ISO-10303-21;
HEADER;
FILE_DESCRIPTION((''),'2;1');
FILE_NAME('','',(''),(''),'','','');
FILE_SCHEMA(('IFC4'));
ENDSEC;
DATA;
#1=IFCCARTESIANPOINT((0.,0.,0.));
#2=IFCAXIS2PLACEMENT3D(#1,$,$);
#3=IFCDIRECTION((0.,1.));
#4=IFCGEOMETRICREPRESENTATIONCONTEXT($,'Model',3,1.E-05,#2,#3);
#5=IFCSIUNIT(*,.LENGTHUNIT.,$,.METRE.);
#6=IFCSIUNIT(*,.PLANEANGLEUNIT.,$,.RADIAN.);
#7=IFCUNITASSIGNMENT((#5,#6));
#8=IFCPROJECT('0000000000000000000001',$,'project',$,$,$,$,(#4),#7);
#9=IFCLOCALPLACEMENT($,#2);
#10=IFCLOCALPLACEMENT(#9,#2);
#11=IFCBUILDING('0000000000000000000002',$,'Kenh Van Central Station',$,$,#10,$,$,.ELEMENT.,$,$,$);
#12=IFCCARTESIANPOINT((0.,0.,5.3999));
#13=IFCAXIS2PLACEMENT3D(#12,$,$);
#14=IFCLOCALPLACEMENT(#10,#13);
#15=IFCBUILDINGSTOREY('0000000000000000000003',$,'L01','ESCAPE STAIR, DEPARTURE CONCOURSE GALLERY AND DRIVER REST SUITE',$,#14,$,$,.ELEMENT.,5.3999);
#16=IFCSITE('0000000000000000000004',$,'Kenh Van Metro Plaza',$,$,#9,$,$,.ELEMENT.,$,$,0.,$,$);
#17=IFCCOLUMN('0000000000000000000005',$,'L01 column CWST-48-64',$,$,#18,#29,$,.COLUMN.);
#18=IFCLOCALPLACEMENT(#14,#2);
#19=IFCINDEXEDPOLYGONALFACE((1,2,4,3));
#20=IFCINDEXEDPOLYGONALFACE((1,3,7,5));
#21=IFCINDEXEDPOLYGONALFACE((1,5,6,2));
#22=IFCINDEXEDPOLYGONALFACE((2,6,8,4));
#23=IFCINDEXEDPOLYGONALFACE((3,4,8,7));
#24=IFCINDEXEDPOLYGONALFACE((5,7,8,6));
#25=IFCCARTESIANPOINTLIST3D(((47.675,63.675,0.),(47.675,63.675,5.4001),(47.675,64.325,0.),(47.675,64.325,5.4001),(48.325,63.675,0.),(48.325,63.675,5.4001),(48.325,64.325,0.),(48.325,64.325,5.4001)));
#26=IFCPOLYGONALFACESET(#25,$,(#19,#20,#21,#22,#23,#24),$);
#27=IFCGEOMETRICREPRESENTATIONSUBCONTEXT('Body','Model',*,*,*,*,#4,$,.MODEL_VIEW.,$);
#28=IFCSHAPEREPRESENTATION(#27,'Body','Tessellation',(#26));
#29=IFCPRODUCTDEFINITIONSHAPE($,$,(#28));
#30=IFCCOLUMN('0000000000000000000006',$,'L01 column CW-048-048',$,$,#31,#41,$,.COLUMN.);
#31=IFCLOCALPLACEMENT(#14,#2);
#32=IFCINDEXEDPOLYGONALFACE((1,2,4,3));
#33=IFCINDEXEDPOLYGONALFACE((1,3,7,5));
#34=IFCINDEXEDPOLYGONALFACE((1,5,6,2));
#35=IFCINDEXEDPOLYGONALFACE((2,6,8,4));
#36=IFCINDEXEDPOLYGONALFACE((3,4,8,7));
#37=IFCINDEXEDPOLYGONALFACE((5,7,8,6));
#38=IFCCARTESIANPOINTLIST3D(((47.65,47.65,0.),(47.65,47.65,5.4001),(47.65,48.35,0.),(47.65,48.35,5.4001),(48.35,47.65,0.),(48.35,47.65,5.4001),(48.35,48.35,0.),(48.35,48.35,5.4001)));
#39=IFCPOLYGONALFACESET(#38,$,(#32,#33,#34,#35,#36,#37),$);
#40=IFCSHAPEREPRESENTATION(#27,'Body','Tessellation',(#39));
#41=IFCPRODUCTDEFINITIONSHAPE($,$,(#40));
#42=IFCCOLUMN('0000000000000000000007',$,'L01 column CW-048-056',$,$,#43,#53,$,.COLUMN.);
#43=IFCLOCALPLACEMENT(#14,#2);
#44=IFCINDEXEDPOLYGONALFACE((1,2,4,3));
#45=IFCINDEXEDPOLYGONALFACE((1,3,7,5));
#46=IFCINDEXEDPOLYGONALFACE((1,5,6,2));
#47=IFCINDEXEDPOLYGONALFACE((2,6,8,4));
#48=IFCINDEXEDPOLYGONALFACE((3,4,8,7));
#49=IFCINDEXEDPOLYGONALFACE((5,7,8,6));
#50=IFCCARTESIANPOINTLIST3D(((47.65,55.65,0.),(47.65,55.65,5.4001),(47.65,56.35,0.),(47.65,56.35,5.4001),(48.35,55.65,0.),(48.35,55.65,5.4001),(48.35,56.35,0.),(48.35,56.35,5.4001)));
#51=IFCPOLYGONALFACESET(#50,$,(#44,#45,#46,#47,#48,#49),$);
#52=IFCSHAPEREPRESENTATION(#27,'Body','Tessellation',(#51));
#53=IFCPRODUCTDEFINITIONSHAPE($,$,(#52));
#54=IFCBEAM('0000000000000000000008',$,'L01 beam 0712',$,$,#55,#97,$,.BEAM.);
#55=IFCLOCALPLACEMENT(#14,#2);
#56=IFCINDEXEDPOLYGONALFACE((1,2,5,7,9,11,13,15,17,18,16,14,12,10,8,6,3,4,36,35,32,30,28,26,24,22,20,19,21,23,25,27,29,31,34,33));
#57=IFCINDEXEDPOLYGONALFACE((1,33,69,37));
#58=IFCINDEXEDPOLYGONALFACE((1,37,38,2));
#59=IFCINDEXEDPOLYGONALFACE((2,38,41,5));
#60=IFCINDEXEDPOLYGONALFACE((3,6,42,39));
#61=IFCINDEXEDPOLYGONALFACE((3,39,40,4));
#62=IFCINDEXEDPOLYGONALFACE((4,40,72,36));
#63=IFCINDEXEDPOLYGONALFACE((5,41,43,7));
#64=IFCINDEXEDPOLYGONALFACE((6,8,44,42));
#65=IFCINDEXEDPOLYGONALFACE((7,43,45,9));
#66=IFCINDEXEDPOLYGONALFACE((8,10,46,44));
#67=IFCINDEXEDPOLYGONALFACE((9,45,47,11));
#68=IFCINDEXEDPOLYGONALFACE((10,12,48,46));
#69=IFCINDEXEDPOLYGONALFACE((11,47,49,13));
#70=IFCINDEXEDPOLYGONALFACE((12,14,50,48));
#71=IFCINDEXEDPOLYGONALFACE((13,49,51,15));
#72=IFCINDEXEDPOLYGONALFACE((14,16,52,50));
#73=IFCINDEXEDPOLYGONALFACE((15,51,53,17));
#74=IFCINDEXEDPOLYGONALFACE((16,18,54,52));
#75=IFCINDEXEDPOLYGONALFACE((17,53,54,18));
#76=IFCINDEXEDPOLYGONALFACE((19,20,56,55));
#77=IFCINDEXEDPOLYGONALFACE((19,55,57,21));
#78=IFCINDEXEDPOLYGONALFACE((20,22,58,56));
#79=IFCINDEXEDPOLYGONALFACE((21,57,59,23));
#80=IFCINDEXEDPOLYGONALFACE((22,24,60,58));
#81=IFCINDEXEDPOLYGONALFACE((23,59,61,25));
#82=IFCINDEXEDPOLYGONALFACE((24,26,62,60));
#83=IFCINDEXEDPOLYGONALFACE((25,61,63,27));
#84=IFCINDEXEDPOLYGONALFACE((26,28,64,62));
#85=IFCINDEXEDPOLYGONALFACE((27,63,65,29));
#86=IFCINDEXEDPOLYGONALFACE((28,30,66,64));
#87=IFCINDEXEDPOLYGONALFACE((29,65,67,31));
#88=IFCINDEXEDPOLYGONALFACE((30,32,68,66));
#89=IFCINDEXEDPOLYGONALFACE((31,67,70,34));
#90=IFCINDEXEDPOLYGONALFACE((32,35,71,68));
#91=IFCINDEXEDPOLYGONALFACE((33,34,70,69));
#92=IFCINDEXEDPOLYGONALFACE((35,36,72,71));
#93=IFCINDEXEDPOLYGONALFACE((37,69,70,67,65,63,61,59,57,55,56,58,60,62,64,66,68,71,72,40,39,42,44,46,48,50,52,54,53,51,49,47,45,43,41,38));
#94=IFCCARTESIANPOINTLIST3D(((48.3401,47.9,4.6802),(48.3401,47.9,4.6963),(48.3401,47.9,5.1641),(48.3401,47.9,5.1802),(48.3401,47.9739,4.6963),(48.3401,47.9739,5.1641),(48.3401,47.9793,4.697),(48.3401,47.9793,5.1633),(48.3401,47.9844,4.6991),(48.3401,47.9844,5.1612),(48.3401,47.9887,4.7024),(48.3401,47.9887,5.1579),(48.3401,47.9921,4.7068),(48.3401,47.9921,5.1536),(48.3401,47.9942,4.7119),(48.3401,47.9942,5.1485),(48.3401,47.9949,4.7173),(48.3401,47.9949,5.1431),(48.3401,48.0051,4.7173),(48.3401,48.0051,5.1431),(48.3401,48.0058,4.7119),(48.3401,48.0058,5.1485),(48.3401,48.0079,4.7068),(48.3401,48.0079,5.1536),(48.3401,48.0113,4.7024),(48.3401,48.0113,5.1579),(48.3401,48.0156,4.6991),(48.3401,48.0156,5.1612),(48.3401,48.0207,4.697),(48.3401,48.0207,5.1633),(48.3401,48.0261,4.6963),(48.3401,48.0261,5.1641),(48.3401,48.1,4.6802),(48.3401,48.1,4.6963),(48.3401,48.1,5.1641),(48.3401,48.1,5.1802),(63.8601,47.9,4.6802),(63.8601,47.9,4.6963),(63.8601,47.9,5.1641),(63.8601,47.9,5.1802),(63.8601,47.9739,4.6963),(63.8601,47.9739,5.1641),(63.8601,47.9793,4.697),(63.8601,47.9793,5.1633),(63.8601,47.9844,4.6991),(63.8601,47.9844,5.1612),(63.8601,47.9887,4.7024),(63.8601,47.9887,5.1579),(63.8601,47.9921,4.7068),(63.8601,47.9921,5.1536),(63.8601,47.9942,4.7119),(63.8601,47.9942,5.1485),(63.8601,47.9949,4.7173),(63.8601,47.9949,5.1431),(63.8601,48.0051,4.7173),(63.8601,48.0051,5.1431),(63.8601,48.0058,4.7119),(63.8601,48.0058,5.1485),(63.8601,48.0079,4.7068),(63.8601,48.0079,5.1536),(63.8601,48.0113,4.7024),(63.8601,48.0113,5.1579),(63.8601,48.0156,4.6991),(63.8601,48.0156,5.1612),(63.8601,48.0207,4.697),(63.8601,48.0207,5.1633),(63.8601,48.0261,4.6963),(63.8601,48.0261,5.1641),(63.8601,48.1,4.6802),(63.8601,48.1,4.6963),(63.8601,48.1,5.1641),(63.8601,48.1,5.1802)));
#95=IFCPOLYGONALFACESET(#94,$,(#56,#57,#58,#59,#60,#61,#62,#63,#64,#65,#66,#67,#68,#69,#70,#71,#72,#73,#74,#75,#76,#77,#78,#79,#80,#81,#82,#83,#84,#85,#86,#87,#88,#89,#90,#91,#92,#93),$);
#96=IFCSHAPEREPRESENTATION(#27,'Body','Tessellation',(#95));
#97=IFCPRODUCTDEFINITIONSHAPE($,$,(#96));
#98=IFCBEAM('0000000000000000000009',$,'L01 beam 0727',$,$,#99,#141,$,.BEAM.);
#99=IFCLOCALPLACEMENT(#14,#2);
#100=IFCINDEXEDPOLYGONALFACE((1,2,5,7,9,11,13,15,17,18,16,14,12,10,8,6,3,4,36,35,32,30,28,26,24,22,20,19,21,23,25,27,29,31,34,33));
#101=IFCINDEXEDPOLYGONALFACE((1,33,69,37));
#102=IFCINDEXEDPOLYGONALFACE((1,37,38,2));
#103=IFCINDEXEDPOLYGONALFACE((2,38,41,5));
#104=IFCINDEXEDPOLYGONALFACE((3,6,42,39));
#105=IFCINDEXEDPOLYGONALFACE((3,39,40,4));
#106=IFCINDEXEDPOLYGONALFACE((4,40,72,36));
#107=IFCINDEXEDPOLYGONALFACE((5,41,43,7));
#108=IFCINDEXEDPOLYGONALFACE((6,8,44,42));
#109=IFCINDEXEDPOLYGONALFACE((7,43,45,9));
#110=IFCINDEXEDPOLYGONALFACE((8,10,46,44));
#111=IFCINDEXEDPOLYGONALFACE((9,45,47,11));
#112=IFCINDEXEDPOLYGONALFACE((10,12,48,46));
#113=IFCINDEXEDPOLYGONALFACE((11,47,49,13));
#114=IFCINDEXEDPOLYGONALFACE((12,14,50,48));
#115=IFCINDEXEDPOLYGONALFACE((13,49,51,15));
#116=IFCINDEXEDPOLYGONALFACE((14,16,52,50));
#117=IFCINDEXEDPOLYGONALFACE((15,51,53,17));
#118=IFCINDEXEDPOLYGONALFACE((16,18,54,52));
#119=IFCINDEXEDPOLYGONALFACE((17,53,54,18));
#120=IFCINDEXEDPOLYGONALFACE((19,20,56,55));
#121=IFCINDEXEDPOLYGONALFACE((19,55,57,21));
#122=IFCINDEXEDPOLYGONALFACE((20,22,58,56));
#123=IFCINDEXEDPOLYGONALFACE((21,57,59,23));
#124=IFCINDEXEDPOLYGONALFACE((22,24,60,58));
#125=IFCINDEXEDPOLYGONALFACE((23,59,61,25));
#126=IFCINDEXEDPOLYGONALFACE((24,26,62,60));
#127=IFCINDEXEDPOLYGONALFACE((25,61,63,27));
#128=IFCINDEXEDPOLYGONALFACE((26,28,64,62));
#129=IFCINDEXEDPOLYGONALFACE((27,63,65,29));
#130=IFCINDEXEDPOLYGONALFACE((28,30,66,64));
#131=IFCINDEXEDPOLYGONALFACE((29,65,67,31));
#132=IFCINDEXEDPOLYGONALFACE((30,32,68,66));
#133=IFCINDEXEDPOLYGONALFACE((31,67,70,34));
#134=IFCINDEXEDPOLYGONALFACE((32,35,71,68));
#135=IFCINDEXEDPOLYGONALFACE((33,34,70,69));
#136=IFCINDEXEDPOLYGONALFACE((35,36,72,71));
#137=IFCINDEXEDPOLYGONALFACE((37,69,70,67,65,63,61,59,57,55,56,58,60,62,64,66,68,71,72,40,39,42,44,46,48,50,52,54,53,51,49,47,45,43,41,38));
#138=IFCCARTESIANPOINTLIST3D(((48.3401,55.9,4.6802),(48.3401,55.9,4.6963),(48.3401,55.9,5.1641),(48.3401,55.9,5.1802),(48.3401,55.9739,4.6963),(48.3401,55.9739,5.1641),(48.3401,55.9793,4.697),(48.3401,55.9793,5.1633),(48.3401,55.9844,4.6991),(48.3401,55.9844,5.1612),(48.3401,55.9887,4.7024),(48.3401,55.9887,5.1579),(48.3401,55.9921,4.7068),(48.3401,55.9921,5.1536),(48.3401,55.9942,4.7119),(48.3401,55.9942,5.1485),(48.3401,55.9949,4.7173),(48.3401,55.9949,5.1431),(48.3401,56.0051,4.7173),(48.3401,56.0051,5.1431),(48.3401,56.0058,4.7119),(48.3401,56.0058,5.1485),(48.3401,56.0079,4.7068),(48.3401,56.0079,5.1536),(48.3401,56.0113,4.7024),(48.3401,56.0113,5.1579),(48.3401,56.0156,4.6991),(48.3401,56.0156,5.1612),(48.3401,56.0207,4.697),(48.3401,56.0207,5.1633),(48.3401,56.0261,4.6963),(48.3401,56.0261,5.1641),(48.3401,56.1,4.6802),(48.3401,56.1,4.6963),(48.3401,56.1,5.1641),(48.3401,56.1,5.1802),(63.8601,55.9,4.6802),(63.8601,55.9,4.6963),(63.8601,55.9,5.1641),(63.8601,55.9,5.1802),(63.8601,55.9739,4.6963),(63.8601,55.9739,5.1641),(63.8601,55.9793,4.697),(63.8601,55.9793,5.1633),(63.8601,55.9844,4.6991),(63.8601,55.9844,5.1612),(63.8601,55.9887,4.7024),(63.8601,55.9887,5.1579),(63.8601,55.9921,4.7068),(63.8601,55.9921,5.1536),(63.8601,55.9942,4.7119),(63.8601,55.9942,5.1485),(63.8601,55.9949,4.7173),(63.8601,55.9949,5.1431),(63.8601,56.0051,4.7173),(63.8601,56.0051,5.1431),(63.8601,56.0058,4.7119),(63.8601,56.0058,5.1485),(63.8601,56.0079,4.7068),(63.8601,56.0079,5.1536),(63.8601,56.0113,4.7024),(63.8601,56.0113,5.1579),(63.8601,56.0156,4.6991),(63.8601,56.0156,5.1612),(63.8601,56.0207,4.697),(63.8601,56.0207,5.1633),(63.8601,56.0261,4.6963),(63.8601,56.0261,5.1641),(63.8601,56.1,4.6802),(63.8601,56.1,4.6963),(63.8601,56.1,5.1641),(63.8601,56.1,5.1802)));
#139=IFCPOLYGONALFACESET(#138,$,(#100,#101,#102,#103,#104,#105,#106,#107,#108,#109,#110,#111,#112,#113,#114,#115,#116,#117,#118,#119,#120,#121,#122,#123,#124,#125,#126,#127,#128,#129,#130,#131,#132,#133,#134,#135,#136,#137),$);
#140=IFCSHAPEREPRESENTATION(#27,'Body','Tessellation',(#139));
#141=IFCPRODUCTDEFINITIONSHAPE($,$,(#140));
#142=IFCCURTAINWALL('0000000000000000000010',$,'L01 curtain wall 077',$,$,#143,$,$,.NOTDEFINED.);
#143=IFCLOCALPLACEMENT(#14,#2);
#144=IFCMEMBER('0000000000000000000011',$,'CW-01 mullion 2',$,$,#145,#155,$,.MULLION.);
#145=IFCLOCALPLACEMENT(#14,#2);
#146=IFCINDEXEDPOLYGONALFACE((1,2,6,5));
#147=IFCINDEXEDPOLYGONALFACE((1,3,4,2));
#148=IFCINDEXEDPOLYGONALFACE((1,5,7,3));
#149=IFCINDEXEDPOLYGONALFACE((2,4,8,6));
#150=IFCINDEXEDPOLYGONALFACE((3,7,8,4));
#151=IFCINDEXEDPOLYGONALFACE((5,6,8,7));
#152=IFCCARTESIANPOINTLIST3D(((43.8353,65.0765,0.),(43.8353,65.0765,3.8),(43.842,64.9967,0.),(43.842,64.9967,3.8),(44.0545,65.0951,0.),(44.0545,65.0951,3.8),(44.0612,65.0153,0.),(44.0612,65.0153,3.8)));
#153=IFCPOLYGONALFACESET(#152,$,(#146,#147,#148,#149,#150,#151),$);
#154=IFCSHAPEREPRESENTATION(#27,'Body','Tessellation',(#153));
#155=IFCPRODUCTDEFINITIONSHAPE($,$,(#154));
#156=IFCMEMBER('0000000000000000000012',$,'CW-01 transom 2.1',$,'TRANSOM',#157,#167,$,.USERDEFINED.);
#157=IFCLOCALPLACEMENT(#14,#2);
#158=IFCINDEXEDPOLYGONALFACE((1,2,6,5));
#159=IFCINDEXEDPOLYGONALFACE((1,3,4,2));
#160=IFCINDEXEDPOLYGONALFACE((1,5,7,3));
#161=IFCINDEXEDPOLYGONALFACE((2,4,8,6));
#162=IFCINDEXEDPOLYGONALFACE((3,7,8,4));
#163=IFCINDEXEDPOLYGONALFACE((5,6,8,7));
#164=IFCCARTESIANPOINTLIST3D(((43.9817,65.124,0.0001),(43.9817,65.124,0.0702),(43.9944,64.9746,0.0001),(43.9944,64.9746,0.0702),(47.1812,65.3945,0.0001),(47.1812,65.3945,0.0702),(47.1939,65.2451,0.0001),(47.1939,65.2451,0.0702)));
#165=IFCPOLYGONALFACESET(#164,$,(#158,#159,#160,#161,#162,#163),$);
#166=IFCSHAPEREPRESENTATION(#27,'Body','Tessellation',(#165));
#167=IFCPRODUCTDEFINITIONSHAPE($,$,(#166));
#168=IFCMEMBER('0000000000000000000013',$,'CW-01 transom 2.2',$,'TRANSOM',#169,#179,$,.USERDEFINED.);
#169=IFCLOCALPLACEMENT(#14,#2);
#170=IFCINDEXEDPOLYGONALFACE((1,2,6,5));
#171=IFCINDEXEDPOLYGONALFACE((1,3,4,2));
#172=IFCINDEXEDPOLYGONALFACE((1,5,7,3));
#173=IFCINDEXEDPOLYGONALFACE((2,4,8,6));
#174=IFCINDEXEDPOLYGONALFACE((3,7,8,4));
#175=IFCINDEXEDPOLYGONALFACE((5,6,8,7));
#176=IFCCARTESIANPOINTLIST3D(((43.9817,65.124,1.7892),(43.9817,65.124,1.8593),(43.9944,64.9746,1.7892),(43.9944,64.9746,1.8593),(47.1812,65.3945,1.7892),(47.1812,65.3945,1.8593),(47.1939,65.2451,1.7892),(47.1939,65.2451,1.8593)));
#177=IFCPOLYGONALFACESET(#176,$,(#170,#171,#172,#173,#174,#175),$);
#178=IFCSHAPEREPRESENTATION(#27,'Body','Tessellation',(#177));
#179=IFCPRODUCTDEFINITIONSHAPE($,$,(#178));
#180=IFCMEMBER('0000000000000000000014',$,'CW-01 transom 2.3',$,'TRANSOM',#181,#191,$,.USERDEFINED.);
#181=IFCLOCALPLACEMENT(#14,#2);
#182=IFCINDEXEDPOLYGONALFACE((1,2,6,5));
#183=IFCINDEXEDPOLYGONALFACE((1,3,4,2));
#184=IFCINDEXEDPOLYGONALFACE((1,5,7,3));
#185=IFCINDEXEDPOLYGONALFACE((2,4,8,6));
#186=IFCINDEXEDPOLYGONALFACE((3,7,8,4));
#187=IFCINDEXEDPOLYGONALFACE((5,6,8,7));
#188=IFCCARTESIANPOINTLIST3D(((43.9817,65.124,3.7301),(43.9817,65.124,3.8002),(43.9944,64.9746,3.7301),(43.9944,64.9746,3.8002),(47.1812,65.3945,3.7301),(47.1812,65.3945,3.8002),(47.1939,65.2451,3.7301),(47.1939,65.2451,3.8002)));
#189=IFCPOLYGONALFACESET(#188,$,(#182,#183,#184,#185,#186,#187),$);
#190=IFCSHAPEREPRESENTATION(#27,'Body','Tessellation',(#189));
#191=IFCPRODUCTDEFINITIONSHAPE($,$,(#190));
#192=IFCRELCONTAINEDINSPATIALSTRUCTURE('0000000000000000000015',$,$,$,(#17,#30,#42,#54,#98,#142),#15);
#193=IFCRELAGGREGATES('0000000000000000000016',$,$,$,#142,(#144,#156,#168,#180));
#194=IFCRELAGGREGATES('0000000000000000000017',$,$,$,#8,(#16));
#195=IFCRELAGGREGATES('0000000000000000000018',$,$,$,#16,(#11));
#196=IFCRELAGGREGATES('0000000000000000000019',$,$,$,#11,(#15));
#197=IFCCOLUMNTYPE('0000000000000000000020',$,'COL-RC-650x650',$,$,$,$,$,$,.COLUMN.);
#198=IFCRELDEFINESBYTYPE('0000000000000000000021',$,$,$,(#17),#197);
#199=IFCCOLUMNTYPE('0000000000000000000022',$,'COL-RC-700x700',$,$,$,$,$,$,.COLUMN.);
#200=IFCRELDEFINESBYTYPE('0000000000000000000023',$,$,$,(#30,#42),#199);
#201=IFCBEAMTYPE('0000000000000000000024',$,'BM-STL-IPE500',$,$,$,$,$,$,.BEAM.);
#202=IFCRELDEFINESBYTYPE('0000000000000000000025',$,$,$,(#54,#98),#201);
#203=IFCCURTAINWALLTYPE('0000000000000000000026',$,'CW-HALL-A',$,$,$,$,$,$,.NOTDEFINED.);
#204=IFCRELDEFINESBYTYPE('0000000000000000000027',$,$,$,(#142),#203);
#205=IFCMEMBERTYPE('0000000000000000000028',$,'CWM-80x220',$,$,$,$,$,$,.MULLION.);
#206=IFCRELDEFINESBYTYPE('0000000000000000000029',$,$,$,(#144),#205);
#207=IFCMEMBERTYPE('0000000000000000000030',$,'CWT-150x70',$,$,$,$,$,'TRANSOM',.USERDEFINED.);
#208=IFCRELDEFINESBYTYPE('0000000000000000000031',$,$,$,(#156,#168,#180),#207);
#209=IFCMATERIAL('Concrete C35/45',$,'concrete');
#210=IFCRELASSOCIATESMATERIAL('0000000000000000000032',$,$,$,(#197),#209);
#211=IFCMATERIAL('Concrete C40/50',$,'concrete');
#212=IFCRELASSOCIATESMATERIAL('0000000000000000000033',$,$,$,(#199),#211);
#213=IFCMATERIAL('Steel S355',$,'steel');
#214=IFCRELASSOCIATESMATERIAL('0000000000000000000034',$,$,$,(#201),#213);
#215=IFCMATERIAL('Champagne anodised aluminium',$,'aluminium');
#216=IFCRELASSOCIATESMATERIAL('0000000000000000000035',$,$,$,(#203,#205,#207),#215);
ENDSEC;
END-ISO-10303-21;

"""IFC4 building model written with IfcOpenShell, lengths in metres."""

from ifc_helpers import new_model, si_unit, direction, frame, origin, origin_2d, place, context, subcontext, project, spatial, rectangle, i_section, extrude, material, material_profile, profile_set, type_object, element, aggregate, save


model = new_model("IFC4")

# Units and contexts
model_context = context("Model", 3, precision=1e-05, world=origin(), true_north=direction((0.0, 1.0)))
body_context = subcontext(model_context, "Body", "Model", "MODEL_VIEW")
ifc_project = project(units=[si_unit("LENGTHUNIT", "METRE"), si_unit("PLANEANGLEUNIT", "RADIAN")], contexts=[model_context])

# Site, building, storey
site_placement = place(None, origin())
site = spatial("IfcSite", under=ifc_project, at=site_placement, Name="Kenh Van Metro Plaza", CompositionType="ELEMENT", RefElevation=0.0)
building_placement = place(site_placement, origin())
building = spatial("IfcBuilding", under=site, at=building_placement, Name="Kenh Van Central Station", CompositionType="ELEMENT")
storey_placement = place(building_placement, frame((0.0, 0.0, 5.3999)))
storey = spatial("IfcBuildingStorey", under=building, at=storey_placement, Name="L01", Description="ESCAPE STAIR, DEPARTURE CONCOURSE GALLERY AND DRIVER REST SUITE", CompositionType="ELEMENT", Elevation=5.3999)

# Columns
ifc_material_1 = material(Name="Concrete C35/45", Category="concrete")
ifc_material_profile_1 = material_profile(ifc_material_1, rectangle(XDim=0.6499, YDim=0.6499, at=origin_2d()), Name="RC 650x650")
ifc_profile_set_1 = profile_set([ifc_material_profile_1], Name="Concrete C35/45")
column_type_1 = type_object("IfcColumnType", Name="COL-RC-650x650", PredefinedType="COLUMN", material=ifc_profile_set_1)
column_placement = place(storey_placement, frame((48.0, 64.0, 0.0), z_axis=(0.0, 0.0, 1.0), x_axis=(1.0, 0.0, 0.0)))
element("IfcColumn", 1, at=column_placement, inside=storey, type_object=column_type_1, Name="L01 column CWST-48-64", PredefinedType="COLUMN", context=body_context, shape_type="SweptSolid", body=[
    extrude(rectangle(XDim=0.6499, YDim=0.6499, at=origin_2d()), origin(), (0.0, 0.0, 1.0), 5.4001),
])
ifc_material_2 = material(Name="Concrete C40/50", Category="concrete")
ifc_material_profile_2 = material_profile(ifc_material_2, rectangle(XDim=0.7, YDim=0.7, at=origin_2d()), Name="RC 700x700")
ifc_profile_set_2 = profile_set([ifc_material_profile_2], Name="Concrete C40/50")
column_type_2 = type_object("IfcColumnType", Name="COL-RC-700x700", PredefinedType="COLUMN", material=ifc_profile_set_2)
for number, where, z_axis, x_axis, name in (
    (2, (48.0, 48.0, 0.0), (0.0, 0.0, 1.0), (1.0, 0.0, 0.0), "L01 column CW-048-048"),
    (3, (48.0, 56.0, 0.0), (0.0, 0.0, 1.0), (1.0, 0.0, 0.0), "L01 column CW-048-056"),
):
    element("IfcColumn", number, at=place(storey_placement, frame(where, z_axis=z_axis, x_axis=x_axis)), inside=storey, type_object=column_type_2, Name=name, PredefinedType="COLUMN", context=body_context, shape_type="SweptSolid", body=[
        extrude(rectangle(XDim=0.7, YDim=0.7, at=origin_2d()), origin(), (0.0, 0.0, 1.0), 5.4001),
    ])

# Beams
ifc_material_3 = material(Name="Steel S355", Category="steel")
ifc_material_profile_3 = material_profile(ifc_material_3, i_section(OverallWidth=0.2, OverallDepth=0.5, WebThickness=0.0103, FlangeThickness=0.0161, FilletRadius=0.021, at=origin_2d()), Name="IPE 500")
ifc_profile_set_3 = profile_set([ifc_material_profile_3], Name="Steel S355")
beam_type_1 = type_object("IfcBeamType", Name="BM-STL-IPE500", PredefinedType="BEAM", material=ifc_profile_set_3)
for number, where, z_axis, x_axis, name in (
    (4, (48.3401, 48.0, 4.9302), (1.0, 0.0, 0.0), (0.0, 1.0, 0.0), "L01 beam 0712"),
    (5, (48.3401, 56.0, 4.9302), (1.0, 0.0, 0.0), (0.0, 1.0, 0.0), "L01 beam 0727"),
):
    element("IfcBeam", number, at=place(storey_placement, frame(where, z_axis=z_axis, x_axis=x_axis)), inside=storey, type_object=beam_type_1, Name=name, PredefinedType="BEAM", context=body_context, shape_type="SweptSolid", body=[
        extrude(i_section(OverallWidth=0.2, OverallDepth=0.5, WebThickness=0.0103, FlangeThickness=0.0161, FilletRadius=0.021, at=origin_2d()), origin(), (0.0, 0.0, 1.0), 15.52),
    ])

# Curtain wall, members
ifc_material_4 = material(Name="Champagne anodised aluminium", Category="aluminium")
curtain_wall_type = type_object("IfcCurtainWallType", Name="CW-HALL-A", PredefinedType="NOTDEFINED", material=ifc_material_4)
curtain_wall_placement = place(storey_placement, origin())
curtain_wall = element("IfcCurtainWall", 6, at=curtain_wall_placement, inside=storey, type_object=curtain_wall_type, Name="L01 curtain wall 077", PredefinedType="NOTDEFINED")
ifc_material_profile_4 = material_profile(ifc_material_4, rectangle(XDim=0.0801, YDim=0.22, at=origin_2d()), Name="AL 80x220")
ifc_profile_set_4 = profile_set([ifc_material_profile_4], Name="Champagne anodised aluminium")
member_type_1 = type_object("IfcMemberType", Name="CWM-80x220", PredefinedType="MULLION", material=ifc_profile_set_4)
member_1_placement = place(storey_placement, frame((43.9482, 65.0459, 0.0), z_axis=(0.0, 0.0, 1.0), x_axis=(-0.084244, 0.996445, 0.0)))
member_1 = element("IfcMember", 7, at=member_1_placement, type_object=member_type_1, Name="CW-01 mullion 2", PredefinedType="MULLION", context=body_context, shape_type="SweptSolid", body=[
    extrude(rectangle(XDim=0.0801, YDim=0.22, at=origin_2d()), origin(), (0.0, 0.0, 1.0), 3.8),
])
ifc_material_profile_5 = material_profile(ifc_material_4, rectangle(XDim=0.1499, YDim=0.0701, at=origin_2d()), Name="AL 150x70")
ifc_profile_set_5 = profile_set([ifc_material_profile_5], Name="Champagne anodised aluminium")
member_type_2 = type_object("IfcMemberType", Name="CWT-150x70", ElementType="TRANSOM", PredefinedType="USERDEFINED", material=ifc_profile_set_5)
member_2_placement = place(storey_placement, frame((43.988, 65.0493, 0.0352), z_axis=(0.996445, 0.084247, 0.0), x_axis=(-0.084247, 0.996445, 0.0)))
member_2 = element("IfcMember", 8, at=member_2_placement, type_object=member_type_2, Name="CW-01 transom 2.1", ObjectType="TRANSOM", PredefinedType="USERDEFINED", context=body_context, shape_type="SweptSolid", body=[
    extrude(rectangle(XDim=0.1499, YDim=0.0701, at=origin_2d()), origin(), (0.0, 0.0, 1.0), 3.2109),
])
member_3_placement = place(storey_placement, frame((43.988, 65.0493, 1.8242), z_axis=(0.996445, 0.084247, 0.0), x_axis=(-0.084247, 0.996445, 0.0)))
member_3 = element("IfcMember", 9, at=member_3_placement, type_object=member_type_2, Name="CW-01 transom 2.2", ObjectType="TRANSOM", PredefinedType="USERDEFINED", context=body_context, shape_type="SweptSolid", body=[
    extrude(rectangle(XDim=0.1499, YDim=0.0701, at=origin_2d()), origin(), (0.0, 0.0, 1.0), 3.2109),
])
member_4_placement = place(storey_placement, frame((43.988, 65.0493, 3.7651), z_axis=(0.996445, 0.084247, 0.0), x_axis=(-0.084247, 0.996445, 0.0)))
member_4 = element("IfcMember", 10, at=member_4_placement, type_object=member_type_2, Name="CW-01 transom 2.3", ObjectType="TRANSOM", PredefinedType="USERDEFINED", context=body_context, shape_type="SweptSolid", body=[
    extrude(rectangle(XDim=0.1499, YDim=0.0701, at=origin_2d()), origin(), (0.0, 0.0, 1.0), 3.2109),
])

aggregate(curtain_wall, [member_1, member_2, member_3, member_4])

save(model, "model.ifc")
